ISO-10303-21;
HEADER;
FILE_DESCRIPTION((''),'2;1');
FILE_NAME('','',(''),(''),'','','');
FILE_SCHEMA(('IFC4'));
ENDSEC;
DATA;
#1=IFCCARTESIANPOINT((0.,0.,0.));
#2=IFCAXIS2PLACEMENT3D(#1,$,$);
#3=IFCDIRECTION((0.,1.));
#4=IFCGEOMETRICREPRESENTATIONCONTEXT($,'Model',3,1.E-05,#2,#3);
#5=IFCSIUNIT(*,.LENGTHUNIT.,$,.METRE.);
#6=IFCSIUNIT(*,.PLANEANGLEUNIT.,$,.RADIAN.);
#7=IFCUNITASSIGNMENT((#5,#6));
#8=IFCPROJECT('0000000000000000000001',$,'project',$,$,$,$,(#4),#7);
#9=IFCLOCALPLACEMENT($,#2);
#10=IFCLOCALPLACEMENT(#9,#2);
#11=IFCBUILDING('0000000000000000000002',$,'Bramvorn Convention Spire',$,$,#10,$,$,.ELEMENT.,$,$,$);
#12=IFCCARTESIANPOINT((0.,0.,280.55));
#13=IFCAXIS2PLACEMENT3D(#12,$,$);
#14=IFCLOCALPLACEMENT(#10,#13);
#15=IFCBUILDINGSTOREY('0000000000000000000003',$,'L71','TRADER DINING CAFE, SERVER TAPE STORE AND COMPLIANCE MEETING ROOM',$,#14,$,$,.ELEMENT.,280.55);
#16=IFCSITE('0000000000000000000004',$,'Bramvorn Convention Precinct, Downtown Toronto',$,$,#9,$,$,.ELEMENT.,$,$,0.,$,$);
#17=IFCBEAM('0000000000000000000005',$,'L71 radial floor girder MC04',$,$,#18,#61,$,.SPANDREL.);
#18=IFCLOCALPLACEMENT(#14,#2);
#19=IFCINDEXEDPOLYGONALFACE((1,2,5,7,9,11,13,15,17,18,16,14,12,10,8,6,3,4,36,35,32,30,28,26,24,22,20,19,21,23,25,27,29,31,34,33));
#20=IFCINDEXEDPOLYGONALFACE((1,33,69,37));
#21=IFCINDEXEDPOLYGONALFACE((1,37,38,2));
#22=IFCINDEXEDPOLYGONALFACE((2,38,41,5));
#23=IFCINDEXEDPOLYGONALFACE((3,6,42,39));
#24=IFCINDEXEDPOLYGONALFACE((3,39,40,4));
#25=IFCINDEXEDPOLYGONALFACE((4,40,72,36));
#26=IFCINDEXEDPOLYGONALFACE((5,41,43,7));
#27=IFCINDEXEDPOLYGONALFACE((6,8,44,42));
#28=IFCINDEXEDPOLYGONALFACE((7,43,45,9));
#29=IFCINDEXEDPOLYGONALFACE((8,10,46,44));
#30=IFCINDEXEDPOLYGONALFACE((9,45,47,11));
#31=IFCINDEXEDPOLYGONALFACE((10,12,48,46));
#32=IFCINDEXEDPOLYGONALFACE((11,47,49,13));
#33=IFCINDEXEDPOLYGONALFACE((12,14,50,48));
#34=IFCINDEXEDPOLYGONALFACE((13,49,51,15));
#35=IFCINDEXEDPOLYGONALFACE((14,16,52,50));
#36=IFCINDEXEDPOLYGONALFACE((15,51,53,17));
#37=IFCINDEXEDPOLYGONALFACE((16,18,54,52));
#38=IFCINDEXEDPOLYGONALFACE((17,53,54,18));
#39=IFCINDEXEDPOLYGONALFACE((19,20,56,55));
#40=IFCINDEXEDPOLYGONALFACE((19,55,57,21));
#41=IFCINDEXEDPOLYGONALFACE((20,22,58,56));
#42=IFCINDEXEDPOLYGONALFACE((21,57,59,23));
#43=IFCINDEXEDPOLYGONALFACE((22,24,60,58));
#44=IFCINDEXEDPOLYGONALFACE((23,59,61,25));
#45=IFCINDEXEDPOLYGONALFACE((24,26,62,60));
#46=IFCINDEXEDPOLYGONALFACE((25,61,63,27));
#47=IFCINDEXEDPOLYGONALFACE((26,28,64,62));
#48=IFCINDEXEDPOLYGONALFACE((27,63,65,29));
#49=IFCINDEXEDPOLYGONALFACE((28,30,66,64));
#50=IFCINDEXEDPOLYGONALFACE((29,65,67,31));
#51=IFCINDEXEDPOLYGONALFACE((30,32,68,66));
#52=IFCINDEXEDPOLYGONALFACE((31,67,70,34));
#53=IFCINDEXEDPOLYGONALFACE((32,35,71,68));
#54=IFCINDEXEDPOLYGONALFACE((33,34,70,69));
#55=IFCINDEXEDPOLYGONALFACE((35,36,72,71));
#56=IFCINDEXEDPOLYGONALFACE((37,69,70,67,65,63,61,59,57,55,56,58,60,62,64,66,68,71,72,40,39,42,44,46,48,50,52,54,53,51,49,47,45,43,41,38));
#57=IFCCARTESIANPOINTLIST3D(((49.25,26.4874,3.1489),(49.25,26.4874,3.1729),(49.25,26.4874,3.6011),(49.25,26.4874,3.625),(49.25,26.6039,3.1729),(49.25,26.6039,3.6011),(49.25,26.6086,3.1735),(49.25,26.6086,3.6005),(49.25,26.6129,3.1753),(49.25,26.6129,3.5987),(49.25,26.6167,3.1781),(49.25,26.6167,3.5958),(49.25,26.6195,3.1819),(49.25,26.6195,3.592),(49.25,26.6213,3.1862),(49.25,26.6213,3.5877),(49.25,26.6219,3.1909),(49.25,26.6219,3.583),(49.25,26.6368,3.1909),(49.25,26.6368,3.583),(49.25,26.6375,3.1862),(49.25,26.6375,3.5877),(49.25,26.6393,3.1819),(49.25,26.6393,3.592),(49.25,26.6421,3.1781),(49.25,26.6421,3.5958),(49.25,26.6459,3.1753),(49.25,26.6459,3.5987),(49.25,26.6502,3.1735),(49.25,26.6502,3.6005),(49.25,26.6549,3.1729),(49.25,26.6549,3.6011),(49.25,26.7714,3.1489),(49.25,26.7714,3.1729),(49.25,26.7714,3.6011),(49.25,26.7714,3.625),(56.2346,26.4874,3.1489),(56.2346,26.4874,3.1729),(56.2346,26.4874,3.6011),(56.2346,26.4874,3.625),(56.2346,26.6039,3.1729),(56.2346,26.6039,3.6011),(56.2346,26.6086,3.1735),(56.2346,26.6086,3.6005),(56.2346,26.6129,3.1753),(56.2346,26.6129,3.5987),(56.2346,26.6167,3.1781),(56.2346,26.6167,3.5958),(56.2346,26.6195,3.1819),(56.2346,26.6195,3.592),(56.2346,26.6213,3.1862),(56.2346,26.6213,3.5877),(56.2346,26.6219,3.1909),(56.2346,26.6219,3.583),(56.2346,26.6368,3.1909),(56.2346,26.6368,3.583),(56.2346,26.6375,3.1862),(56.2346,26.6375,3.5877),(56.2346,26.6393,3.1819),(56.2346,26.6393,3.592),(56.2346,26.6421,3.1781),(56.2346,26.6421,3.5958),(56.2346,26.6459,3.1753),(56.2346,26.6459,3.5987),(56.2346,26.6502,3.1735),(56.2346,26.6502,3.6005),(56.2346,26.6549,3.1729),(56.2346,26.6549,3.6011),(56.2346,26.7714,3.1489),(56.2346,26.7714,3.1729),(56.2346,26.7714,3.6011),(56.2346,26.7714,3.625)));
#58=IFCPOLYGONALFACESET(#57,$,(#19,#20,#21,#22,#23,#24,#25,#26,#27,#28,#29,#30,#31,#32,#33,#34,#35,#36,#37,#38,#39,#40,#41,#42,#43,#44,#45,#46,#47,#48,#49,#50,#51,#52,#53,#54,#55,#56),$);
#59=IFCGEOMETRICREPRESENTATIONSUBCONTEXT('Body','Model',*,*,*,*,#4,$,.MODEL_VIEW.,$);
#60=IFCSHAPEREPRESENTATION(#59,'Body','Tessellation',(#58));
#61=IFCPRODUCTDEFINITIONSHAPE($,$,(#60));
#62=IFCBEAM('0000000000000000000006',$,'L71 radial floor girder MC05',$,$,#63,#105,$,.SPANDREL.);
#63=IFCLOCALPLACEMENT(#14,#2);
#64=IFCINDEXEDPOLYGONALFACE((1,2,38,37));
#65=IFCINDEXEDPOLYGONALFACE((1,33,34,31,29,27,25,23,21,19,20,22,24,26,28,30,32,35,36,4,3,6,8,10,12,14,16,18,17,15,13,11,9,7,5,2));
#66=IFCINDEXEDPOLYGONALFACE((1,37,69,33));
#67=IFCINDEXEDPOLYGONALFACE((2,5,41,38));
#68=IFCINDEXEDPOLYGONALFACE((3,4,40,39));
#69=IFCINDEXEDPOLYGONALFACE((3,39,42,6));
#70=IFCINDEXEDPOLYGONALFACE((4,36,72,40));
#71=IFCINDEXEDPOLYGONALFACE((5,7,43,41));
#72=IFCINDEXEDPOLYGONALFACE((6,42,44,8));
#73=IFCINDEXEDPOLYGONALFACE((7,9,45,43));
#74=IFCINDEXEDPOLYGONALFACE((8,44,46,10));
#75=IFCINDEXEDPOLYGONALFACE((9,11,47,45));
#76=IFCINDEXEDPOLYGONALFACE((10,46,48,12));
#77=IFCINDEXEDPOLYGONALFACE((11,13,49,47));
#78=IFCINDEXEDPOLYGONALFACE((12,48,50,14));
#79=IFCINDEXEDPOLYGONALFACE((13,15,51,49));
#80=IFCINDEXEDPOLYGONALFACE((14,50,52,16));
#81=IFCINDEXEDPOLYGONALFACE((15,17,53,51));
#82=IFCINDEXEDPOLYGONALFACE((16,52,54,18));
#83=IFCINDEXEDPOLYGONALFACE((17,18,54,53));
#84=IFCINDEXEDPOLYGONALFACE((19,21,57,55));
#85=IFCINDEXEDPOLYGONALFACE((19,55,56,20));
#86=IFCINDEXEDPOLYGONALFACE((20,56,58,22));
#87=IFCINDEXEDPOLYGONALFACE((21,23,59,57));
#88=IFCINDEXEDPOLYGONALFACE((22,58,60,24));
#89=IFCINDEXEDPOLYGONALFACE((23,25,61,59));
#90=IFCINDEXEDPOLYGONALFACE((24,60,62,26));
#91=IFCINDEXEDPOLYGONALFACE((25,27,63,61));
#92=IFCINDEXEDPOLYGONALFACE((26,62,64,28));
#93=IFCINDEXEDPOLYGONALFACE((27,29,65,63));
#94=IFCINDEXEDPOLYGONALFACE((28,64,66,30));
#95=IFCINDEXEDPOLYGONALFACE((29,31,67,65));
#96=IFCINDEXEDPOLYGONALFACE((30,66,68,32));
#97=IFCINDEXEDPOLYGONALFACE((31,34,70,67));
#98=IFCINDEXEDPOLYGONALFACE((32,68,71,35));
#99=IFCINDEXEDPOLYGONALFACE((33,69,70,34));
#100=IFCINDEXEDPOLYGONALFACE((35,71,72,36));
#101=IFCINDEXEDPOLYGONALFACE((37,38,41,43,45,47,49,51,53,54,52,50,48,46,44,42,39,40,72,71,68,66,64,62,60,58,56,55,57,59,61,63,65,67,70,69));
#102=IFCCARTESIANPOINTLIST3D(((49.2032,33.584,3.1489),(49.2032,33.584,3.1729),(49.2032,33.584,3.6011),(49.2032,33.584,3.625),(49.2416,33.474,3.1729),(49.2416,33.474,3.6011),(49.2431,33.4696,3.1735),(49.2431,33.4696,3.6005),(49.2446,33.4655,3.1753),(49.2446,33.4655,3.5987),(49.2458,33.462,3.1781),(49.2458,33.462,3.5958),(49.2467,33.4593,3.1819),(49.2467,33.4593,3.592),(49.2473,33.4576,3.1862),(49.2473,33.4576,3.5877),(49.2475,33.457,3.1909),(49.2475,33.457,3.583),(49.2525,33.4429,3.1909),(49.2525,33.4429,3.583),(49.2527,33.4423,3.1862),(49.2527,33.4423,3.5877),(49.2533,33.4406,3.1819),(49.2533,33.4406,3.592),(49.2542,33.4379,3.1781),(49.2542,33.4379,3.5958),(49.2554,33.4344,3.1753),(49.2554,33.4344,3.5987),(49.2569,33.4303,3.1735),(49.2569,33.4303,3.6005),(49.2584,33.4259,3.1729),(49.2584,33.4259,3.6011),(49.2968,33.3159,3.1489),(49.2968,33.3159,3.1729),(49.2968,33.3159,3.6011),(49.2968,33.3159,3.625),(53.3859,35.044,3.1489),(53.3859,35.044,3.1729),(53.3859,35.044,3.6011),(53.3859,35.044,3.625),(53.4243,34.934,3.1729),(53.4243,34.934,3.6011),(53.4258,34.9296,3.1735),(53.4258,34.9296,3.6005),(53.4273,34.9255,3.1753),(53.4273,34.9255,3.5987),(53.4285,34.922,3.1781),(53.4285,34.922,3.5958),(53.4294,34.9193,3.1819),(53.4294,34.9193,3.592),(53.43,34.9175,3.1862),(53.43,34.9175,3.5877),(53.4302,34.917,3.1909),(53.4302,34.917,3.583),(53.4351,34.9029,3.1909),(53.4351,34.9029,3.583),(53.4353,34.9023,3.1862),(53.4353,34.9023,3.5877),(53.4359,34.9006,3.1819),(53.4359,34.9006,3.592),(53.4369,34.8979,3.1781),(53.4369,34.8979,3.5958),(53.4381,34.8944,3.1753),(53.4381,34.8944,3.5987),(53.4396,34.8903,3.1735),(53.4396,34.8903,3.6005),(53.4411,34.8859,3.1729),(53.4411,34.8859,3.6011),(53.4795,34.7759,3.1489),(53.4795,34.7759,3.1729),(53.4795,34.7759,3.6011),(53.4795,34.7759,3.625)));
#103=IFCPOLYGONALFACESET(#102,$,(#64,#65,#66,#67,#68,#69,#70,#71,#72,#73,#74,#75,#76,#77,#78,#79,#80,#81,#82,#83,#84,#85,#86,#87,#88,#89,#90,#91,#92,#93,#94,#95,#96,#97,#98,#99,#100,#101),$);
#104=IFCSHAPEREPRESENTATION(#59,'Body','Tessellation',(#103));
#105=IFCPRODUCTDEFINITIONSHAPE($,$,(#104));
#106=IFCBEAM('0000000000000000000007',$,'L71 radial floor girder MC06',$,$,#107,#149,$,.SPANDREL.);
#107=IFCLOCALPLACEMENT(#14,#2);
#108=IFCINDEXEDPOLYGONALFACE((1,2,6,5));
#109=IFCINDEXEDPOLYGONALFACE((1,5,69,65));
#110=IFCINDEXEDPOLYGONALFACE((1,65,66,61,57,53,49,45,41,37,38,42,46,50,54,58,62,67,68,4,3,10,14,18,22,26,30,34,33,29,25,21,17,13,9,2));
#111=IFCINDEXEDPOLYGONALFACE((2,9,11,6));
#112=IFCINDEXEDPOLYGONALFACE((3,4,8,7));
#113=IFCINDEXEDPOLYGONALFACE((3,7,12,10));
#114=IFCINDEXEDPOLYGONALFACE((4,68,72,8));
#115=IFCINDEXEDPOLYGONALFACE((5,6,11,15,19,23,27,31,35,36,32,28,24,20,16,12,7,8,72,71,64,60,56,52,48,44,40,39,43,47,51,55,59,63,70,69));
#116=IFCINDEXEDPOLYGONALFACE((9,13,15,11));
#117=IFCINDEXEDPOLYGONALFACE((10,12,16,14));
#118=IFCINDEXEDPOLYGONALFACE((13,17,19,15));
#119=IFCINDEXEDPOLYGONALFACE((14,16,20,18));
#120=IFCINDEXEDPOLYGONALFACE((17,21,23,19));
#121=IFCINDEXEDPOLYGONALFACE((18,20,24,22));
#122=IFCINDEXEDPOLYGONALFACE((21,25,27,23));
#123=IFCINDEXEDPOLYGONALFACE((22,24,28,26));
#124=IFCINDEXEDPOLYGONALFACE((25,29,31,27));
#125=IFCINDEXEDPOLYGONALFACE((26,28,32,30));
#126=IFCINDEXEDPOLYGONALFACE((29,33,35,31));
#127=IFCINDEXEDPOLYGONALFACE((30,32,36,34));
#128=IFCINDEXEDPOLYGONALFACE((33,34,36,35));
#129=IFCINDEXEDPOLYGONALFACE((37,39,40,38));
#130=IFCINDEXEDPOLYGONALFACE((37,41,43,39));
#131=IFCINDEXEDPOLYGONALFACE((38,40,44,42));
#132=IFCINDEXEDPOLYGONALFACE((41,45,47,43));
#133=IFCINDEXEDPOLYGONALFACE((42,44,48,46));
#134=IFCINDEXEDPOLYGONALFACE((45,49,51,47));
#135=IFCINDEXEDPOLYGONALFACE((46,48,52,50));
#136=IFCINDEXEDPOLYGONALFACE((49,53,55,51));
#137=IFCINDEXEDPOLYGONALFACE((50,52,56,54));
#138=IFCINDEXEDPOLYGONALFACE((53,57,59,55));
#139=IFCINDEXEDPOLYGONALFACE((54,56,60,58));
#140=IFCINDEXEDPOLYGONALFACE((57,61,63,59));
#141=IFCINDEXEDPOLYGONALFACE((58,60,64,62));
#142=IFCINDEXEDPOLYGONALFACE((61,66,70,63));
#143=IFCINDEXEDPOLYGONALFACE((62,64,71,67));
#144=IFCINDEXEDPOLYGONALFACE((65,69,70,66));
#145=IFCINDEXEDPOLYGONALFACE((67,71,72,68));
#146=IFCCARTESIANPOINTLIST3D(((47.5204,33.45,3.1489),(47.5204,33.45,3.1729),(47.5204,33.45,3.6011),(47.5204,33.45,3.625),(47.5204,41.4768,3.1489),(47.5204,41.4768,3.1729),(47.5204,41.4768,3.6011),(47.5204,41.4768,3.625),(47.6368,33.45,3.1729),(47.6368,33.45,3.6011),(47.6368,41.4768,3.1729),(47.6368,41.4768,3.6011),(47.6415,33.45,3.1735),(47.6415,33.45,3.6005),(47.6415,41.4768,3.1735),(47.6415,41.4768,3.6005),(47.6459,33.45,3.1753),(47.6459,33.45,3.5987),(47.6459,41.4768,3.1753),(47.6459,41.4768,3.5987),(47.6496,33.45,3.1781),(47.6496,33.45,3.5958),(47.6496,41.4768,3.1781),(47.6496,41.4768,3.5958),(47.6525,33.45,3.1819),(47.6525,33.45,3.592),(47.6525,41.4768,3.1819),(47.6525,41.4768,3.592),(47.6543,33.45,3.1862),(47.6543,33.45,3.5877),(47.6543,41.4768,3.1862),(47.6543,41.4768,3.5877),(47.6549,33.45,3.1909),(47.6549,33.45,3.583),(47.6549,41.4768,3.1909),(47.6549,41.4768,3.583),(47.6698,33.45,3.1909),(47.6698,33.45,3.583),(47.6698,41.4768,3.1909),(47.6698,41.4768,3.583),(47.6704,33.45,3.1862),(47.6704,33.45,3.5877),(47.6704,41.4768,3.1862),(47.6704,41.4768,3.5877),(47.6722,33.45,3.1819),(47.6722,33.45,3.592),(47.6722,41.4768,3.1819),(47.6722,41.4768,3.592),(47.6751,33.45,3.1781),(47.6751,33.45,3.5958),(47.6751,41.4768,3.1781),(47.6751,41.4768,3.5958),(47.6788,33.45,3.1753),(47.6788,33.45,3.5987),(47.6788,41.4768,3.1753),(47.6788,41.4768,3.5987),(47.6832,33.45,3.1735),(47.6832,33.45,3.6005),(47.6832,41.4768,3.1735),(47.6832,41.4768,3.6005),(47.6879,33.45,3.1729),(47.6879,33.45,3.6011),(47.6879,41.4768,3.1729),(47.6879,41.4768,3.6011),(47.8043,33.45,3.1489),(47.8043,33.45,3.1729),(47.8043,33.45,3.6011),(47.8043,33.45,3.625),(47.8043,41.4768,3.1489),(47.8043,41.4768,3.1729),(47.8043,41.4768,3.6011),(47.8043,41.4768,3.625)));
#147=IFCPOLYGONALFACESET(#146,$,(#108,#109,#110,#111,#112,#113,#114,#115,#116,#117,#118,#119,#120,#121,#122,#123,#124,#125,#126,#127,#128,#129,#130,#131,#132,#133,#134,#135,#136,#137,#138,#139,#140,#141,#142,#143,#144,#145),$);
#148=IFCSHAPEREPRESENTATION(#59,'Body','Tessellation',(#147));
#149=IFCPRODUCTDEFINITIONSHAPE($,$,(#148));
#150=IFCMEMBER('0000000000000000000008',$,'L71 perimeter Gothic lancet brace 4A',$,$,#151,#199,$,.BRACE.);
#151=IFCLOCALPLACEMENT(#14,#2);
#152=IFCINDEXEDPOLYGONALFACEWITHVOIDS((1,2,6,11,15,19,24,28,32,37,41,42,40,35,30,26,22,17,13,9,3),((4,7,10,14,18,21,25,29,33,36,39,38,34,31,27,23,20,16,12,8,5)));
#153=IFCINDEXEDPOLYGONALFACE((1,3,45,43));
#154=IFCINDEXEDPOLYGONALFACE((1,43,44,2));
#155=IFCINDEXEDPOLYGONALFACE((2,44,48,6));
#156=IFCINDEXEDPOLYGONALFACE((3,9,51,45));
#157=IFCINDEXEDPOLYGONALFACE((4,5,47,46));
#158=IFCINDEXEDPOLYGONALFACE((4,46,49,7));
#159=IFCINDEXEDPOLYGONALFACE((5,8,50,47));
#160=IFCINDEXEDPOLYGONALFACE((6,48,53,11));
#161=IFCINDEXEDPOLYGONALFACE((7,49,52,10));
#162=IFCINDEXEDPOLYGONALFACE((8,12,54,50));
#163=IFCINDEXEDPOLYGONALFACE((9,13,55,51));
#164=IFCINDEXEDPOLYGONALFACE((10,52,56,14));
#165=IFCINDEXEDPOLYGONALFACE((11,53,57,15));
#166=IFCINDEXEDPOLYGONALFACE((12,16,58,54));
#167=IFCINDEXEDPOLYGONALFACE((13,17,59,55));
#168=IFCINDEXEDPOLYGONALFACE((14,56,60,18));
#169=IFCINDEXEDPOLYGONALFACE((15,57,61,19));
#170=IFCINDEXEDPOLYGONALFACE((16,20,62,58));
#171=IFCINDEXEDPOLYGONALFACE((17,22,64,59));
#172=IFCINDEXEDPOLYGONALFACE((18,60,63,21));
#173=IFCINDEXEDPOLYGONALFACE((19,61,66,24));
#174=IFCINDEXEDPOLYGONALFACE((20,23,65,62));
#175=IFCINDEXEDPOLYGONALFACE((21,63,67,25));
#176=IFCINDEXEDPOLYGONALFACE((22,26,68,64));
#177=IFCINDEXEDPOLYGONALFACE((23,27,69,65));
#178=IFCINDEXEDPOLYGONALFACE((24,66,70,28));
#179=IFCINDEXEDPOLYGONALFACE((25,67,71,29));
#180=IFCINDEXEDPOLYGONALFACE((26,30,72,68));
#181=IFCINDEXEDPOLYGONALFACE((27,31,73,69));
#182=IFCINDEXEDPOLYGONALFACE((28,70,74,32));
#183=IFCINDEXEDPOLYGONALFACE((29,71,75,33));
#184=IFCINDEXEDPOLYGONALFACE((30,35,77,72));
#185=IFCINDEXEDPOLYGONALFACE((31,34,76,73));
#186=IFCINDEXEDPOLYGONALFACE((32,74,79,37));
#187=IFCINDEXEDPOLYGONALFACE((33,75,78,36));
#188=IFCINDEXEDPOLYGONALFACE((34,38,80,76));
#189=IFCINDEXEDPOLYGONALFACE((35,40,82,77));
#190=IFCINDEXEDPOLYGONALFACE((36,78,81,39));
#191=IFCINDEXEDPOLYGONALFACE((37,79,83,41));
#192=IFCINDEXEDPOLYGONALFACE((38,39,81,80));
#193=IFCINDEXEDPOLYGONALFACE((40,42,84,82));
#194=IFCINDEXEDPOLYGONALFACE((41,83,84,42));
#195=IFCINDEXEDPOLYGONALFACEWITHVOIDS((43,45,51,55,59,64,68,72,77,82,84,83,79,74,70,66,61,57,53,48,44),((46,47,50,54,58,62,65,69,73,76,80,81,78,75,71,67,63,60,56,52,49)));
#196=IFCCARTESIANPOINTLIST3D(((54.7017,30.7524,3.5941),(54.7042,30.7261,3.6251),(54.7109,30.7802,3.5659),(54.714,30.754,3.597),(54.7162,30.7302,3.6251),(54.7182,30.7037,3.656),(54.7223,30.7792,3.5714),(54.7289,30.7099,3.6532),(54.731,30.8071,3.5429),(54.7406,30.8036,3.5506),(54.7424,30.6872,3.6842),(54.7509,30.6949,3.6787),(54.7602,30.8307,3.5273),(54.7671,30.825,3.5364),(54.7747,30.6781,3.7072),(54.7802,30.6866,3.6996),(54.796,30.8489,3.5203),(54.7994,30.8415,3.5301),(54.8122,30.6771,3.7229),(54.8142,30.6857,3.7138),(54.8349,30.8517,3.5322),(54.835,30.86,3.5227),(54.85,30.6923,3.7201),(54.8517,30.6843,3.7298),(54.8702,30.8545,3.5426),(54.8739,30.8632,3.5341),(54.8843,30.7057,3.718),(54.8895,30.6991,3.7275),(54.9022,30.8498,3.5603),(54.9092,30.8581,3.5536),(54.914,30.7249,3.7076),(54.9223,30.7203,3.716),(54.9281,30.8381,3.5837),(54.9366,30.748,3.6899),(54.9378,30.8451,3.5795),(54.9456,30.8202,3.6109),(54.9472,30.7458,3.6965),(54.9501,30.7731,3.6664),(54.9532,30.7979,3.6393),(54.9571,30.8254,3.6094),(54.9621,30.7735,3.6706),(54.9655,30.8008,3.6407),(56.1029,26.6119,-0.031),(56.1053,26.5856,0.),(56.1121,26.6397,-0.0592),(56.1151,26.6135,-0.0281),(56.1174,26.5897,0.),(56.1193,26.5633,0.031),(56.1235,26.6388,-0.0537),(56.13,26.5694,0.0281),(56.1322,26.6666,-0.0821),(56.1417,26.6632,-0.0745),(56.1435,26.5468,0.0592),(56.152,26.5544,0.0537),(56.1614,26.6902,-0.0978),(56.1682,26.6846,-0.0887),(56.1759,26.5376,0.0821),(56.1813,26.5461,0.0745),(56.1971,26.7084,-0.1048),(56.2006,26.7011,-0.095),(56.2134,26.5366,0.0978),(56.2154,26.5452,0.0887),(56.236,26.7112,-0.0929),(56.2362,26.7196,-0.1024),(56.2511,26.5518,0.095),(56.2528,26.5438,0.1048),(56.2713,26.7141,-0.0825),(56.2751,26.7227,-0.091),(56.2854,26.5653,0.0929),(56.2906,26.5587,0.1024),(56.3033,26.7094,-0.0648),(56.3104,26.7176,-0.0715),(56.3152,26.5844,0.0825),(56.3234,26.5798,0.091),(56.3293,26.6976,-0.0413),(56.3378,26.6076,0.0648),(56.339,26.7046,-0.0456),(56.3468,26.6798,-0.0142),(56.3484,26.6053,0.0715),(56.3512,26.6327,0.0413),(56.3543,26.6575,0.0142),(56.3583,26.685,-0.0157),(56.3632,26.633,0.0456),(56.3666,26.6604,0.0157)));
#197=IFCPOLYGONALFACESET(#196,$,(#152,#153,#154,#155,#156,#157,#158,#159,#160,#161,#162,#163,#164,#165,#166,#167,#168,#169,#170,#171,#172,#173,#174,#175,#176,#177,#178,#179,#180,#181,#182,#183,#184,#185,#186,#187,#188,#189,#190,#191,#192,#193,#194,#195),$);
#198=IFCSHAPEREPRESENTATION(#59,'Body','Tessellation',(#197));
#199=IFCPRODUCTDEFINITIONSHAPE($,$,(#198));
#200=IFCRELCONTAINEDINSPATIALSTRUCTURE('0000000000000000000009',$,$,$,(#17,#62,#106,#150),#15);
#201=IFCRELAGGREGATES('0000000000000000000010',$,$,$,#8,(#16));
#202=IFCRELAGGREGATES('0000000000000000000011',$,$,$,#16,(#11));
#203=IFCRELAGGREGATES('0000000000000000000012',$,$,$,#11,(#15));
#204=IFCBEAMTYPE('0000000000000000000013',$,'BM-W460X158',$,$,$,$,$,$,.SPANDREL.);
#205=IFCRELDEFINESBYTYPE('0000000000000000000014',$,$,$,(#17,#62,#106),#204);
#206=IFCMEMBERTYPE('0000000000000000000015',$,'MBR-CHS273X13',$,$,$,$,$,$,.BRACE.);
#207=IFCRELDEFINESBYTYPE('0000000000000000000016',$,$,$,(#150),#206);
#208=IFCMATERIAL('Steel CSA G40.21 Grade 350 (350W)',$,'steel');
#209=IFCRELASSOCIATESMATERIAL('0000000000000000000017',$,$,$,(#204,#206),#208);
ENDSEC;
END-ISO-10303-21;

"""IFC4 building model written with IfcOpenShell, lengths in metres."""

from ifc_helpers import new_model, si_unit, direction, frame, origin, origin_2d, place, context, subcontext, project, spatial, hollow_circle, i_section, extrude, material, material_profile, profile_set, type_object, element, save


model = new_model("IFC4")

# Units and contexts
model_context = context("Model", 3, precision=1e-05, world=origin(), true_north=direction((0.0, 1.0)))
body_context = subcontext(model_context, "Body", "Model", "MODEL_VIEW")
ifc_project = project(units=[si_unit("LENGTHUNIT", "METRE"), si_unit("PLANEANGLEUNIT", "RADIAN")], contexts=[model_context])

# Site, building, storey
site_placement = place(None, origin())
site = spatial("IfcSite", under=ifc_project, at=site_placement, Name="Bramvorn Convention Precinct, Downtown Toronto", CompositionType="ELEMENT", RefElevation=0.0)
building_placement = place(site_placement, origin())
building = spatial("IfcBuilding", under=site, at=building_placement, Name="Bramvorn Convention Spire", CompositionType="ELEMENT")
storey_placement = place(building_placement, frame((0.0, 0.0, 280.55)))
storey = spatial("IfcBuildingStorey", under=building, at=storey_placement, Name="L71", Description="TRADER DINING CAFE, SERVER TAPE STORE AND COMPLIANCE MEETING ROOM", CompositionType="ELEMENT", Elevation=280.55)

# Shared definitions
ifc_material_1 = material(Name="Steel CSA G40.21 Grade 350 (350W)", Category="steel")

# Beams
ifc_material_profile_1 = material_profile(ifc_material_1, i_section(OverallWidth=0.2839, OverallDepth=0.4761, WebThickness=0.0149, FlangeThickness=0.0239, FilletRadius=0.0181, at=origin_2d()))
ifc_profile_set_1 = profile_set([ifc_material_profile_1], Name="Steel CSA G40.21 Grade 350 (350W) - W460X158")
beam_type_1 = type_object("IfcBeamType", Name="BM-W460X158", PredefinedType="SPANDREL", material=ifc_profile_set_1)
beam_1_placement = place(storey_placement, frame((49.25, 26.6294, 3.387), z_axis=(1.0, 0.0, 0.0), x_axis=(0.0, 1.0, 0.0)))
element("IfcBeam", 1, at=beam_1_placement, inside=storey, type_object=beam_type_1, Name="L71 radial floor girder MC04", PredefinedType="SPANDREL", context=body_context, shape_type="SweptSolid", body=[
    extrude(i_section(OverallWidth=0.2839, OverallDepth=0.4761, WebThickness=0.0149, FlangeThickness=0.0239, FilletRadius=0.0181, at=origin_2d()), origin(), (0.0, 0.0, 1.0), 6.9846),
])
beam_2_placement = place(storey_placement, frame((49.25, 33.45, 3.387), z_axis=(0.944136, 0.329555, 0.0), x_axis=(-0.329555, 0.944136, 0.0)))
element("IfcBeam", 2, at=beam_2_placement, inside=storey, type_object=beam_type_1, Name="L71 radial floor girder MC05", PredefinedType="SPANDREL", context=body_context, shape_type="SweptSolid", body=[
    extrude(i_section(OverallWidth=0.2839, OverallDepth=0.4761, WebThickness=0.0149, FlangeThickness=0.0239, FilletRadius=0.0181, at=origin_2d()), origin(), (0.0, 0.0, 1.0), 4.4302),
])
beam_3_placement = place(storey_placement, frame((47.6624, 33.45, 3.387), z_axis=(0.0, 1.0, 0.0), x_axis=(-1.0, 0.0, 0.0)))
element("IfcBeam", 3, at=beam_3_placement, inside=storey, type_object=beam_type_1, Name="L71 radial floor girder MC06", PredefinedType="SPANDREL", context=body_context, shape_type="SweptSolid", body=[
    extrude(i_section(OverallWidth=0.2839, OverallDepth=0.4761, WebThickness=0.0149, FlangeThickness=0.0239, FilletRadius=0.0181, at=origin_2d()), origin(), (0.0, 0.0, 1.0), 8.0269),
])

# Member
ifc_material_profile_2 = material_profile(ifc_material_1, hollow_circle(Radius=0.1365, WallThickness=0.0127, at=origin_2d()))
ifc_profile_set_2 = profile_set([ifc_material_profile_2], Name="Steel CSA G40.21 Grade 350 (350W) - CHS273X13")
member_type = type_object("IfcMemberType", Name="MBR-CHS273X13", PredefinedType="BRACE", material=ifc_profile_set_2)
member_placement = place(storey_placement, frame((56.2346, 26.6294, 0.0), z_axis=(-0.246737, 0.72912, 0.638361), x_axis=(-0.947232, -0.320548, 0.0)))
element("IfcMember", 4, at=member_placement, inside=storey, type_object=member_type, Name="L71 perimeter Gothic lancet brace 4A", PredefinedType="BRACE", context=body_context, shape_type="SweptSolid", body=[
    extrude(hollow_circle(Radius=0.1365, WallThickness=0.0127, at=origin_2d()), origin(), (0.0, 0.0, 1.0), 5.6787),
])

save(model, "model.ifc")
